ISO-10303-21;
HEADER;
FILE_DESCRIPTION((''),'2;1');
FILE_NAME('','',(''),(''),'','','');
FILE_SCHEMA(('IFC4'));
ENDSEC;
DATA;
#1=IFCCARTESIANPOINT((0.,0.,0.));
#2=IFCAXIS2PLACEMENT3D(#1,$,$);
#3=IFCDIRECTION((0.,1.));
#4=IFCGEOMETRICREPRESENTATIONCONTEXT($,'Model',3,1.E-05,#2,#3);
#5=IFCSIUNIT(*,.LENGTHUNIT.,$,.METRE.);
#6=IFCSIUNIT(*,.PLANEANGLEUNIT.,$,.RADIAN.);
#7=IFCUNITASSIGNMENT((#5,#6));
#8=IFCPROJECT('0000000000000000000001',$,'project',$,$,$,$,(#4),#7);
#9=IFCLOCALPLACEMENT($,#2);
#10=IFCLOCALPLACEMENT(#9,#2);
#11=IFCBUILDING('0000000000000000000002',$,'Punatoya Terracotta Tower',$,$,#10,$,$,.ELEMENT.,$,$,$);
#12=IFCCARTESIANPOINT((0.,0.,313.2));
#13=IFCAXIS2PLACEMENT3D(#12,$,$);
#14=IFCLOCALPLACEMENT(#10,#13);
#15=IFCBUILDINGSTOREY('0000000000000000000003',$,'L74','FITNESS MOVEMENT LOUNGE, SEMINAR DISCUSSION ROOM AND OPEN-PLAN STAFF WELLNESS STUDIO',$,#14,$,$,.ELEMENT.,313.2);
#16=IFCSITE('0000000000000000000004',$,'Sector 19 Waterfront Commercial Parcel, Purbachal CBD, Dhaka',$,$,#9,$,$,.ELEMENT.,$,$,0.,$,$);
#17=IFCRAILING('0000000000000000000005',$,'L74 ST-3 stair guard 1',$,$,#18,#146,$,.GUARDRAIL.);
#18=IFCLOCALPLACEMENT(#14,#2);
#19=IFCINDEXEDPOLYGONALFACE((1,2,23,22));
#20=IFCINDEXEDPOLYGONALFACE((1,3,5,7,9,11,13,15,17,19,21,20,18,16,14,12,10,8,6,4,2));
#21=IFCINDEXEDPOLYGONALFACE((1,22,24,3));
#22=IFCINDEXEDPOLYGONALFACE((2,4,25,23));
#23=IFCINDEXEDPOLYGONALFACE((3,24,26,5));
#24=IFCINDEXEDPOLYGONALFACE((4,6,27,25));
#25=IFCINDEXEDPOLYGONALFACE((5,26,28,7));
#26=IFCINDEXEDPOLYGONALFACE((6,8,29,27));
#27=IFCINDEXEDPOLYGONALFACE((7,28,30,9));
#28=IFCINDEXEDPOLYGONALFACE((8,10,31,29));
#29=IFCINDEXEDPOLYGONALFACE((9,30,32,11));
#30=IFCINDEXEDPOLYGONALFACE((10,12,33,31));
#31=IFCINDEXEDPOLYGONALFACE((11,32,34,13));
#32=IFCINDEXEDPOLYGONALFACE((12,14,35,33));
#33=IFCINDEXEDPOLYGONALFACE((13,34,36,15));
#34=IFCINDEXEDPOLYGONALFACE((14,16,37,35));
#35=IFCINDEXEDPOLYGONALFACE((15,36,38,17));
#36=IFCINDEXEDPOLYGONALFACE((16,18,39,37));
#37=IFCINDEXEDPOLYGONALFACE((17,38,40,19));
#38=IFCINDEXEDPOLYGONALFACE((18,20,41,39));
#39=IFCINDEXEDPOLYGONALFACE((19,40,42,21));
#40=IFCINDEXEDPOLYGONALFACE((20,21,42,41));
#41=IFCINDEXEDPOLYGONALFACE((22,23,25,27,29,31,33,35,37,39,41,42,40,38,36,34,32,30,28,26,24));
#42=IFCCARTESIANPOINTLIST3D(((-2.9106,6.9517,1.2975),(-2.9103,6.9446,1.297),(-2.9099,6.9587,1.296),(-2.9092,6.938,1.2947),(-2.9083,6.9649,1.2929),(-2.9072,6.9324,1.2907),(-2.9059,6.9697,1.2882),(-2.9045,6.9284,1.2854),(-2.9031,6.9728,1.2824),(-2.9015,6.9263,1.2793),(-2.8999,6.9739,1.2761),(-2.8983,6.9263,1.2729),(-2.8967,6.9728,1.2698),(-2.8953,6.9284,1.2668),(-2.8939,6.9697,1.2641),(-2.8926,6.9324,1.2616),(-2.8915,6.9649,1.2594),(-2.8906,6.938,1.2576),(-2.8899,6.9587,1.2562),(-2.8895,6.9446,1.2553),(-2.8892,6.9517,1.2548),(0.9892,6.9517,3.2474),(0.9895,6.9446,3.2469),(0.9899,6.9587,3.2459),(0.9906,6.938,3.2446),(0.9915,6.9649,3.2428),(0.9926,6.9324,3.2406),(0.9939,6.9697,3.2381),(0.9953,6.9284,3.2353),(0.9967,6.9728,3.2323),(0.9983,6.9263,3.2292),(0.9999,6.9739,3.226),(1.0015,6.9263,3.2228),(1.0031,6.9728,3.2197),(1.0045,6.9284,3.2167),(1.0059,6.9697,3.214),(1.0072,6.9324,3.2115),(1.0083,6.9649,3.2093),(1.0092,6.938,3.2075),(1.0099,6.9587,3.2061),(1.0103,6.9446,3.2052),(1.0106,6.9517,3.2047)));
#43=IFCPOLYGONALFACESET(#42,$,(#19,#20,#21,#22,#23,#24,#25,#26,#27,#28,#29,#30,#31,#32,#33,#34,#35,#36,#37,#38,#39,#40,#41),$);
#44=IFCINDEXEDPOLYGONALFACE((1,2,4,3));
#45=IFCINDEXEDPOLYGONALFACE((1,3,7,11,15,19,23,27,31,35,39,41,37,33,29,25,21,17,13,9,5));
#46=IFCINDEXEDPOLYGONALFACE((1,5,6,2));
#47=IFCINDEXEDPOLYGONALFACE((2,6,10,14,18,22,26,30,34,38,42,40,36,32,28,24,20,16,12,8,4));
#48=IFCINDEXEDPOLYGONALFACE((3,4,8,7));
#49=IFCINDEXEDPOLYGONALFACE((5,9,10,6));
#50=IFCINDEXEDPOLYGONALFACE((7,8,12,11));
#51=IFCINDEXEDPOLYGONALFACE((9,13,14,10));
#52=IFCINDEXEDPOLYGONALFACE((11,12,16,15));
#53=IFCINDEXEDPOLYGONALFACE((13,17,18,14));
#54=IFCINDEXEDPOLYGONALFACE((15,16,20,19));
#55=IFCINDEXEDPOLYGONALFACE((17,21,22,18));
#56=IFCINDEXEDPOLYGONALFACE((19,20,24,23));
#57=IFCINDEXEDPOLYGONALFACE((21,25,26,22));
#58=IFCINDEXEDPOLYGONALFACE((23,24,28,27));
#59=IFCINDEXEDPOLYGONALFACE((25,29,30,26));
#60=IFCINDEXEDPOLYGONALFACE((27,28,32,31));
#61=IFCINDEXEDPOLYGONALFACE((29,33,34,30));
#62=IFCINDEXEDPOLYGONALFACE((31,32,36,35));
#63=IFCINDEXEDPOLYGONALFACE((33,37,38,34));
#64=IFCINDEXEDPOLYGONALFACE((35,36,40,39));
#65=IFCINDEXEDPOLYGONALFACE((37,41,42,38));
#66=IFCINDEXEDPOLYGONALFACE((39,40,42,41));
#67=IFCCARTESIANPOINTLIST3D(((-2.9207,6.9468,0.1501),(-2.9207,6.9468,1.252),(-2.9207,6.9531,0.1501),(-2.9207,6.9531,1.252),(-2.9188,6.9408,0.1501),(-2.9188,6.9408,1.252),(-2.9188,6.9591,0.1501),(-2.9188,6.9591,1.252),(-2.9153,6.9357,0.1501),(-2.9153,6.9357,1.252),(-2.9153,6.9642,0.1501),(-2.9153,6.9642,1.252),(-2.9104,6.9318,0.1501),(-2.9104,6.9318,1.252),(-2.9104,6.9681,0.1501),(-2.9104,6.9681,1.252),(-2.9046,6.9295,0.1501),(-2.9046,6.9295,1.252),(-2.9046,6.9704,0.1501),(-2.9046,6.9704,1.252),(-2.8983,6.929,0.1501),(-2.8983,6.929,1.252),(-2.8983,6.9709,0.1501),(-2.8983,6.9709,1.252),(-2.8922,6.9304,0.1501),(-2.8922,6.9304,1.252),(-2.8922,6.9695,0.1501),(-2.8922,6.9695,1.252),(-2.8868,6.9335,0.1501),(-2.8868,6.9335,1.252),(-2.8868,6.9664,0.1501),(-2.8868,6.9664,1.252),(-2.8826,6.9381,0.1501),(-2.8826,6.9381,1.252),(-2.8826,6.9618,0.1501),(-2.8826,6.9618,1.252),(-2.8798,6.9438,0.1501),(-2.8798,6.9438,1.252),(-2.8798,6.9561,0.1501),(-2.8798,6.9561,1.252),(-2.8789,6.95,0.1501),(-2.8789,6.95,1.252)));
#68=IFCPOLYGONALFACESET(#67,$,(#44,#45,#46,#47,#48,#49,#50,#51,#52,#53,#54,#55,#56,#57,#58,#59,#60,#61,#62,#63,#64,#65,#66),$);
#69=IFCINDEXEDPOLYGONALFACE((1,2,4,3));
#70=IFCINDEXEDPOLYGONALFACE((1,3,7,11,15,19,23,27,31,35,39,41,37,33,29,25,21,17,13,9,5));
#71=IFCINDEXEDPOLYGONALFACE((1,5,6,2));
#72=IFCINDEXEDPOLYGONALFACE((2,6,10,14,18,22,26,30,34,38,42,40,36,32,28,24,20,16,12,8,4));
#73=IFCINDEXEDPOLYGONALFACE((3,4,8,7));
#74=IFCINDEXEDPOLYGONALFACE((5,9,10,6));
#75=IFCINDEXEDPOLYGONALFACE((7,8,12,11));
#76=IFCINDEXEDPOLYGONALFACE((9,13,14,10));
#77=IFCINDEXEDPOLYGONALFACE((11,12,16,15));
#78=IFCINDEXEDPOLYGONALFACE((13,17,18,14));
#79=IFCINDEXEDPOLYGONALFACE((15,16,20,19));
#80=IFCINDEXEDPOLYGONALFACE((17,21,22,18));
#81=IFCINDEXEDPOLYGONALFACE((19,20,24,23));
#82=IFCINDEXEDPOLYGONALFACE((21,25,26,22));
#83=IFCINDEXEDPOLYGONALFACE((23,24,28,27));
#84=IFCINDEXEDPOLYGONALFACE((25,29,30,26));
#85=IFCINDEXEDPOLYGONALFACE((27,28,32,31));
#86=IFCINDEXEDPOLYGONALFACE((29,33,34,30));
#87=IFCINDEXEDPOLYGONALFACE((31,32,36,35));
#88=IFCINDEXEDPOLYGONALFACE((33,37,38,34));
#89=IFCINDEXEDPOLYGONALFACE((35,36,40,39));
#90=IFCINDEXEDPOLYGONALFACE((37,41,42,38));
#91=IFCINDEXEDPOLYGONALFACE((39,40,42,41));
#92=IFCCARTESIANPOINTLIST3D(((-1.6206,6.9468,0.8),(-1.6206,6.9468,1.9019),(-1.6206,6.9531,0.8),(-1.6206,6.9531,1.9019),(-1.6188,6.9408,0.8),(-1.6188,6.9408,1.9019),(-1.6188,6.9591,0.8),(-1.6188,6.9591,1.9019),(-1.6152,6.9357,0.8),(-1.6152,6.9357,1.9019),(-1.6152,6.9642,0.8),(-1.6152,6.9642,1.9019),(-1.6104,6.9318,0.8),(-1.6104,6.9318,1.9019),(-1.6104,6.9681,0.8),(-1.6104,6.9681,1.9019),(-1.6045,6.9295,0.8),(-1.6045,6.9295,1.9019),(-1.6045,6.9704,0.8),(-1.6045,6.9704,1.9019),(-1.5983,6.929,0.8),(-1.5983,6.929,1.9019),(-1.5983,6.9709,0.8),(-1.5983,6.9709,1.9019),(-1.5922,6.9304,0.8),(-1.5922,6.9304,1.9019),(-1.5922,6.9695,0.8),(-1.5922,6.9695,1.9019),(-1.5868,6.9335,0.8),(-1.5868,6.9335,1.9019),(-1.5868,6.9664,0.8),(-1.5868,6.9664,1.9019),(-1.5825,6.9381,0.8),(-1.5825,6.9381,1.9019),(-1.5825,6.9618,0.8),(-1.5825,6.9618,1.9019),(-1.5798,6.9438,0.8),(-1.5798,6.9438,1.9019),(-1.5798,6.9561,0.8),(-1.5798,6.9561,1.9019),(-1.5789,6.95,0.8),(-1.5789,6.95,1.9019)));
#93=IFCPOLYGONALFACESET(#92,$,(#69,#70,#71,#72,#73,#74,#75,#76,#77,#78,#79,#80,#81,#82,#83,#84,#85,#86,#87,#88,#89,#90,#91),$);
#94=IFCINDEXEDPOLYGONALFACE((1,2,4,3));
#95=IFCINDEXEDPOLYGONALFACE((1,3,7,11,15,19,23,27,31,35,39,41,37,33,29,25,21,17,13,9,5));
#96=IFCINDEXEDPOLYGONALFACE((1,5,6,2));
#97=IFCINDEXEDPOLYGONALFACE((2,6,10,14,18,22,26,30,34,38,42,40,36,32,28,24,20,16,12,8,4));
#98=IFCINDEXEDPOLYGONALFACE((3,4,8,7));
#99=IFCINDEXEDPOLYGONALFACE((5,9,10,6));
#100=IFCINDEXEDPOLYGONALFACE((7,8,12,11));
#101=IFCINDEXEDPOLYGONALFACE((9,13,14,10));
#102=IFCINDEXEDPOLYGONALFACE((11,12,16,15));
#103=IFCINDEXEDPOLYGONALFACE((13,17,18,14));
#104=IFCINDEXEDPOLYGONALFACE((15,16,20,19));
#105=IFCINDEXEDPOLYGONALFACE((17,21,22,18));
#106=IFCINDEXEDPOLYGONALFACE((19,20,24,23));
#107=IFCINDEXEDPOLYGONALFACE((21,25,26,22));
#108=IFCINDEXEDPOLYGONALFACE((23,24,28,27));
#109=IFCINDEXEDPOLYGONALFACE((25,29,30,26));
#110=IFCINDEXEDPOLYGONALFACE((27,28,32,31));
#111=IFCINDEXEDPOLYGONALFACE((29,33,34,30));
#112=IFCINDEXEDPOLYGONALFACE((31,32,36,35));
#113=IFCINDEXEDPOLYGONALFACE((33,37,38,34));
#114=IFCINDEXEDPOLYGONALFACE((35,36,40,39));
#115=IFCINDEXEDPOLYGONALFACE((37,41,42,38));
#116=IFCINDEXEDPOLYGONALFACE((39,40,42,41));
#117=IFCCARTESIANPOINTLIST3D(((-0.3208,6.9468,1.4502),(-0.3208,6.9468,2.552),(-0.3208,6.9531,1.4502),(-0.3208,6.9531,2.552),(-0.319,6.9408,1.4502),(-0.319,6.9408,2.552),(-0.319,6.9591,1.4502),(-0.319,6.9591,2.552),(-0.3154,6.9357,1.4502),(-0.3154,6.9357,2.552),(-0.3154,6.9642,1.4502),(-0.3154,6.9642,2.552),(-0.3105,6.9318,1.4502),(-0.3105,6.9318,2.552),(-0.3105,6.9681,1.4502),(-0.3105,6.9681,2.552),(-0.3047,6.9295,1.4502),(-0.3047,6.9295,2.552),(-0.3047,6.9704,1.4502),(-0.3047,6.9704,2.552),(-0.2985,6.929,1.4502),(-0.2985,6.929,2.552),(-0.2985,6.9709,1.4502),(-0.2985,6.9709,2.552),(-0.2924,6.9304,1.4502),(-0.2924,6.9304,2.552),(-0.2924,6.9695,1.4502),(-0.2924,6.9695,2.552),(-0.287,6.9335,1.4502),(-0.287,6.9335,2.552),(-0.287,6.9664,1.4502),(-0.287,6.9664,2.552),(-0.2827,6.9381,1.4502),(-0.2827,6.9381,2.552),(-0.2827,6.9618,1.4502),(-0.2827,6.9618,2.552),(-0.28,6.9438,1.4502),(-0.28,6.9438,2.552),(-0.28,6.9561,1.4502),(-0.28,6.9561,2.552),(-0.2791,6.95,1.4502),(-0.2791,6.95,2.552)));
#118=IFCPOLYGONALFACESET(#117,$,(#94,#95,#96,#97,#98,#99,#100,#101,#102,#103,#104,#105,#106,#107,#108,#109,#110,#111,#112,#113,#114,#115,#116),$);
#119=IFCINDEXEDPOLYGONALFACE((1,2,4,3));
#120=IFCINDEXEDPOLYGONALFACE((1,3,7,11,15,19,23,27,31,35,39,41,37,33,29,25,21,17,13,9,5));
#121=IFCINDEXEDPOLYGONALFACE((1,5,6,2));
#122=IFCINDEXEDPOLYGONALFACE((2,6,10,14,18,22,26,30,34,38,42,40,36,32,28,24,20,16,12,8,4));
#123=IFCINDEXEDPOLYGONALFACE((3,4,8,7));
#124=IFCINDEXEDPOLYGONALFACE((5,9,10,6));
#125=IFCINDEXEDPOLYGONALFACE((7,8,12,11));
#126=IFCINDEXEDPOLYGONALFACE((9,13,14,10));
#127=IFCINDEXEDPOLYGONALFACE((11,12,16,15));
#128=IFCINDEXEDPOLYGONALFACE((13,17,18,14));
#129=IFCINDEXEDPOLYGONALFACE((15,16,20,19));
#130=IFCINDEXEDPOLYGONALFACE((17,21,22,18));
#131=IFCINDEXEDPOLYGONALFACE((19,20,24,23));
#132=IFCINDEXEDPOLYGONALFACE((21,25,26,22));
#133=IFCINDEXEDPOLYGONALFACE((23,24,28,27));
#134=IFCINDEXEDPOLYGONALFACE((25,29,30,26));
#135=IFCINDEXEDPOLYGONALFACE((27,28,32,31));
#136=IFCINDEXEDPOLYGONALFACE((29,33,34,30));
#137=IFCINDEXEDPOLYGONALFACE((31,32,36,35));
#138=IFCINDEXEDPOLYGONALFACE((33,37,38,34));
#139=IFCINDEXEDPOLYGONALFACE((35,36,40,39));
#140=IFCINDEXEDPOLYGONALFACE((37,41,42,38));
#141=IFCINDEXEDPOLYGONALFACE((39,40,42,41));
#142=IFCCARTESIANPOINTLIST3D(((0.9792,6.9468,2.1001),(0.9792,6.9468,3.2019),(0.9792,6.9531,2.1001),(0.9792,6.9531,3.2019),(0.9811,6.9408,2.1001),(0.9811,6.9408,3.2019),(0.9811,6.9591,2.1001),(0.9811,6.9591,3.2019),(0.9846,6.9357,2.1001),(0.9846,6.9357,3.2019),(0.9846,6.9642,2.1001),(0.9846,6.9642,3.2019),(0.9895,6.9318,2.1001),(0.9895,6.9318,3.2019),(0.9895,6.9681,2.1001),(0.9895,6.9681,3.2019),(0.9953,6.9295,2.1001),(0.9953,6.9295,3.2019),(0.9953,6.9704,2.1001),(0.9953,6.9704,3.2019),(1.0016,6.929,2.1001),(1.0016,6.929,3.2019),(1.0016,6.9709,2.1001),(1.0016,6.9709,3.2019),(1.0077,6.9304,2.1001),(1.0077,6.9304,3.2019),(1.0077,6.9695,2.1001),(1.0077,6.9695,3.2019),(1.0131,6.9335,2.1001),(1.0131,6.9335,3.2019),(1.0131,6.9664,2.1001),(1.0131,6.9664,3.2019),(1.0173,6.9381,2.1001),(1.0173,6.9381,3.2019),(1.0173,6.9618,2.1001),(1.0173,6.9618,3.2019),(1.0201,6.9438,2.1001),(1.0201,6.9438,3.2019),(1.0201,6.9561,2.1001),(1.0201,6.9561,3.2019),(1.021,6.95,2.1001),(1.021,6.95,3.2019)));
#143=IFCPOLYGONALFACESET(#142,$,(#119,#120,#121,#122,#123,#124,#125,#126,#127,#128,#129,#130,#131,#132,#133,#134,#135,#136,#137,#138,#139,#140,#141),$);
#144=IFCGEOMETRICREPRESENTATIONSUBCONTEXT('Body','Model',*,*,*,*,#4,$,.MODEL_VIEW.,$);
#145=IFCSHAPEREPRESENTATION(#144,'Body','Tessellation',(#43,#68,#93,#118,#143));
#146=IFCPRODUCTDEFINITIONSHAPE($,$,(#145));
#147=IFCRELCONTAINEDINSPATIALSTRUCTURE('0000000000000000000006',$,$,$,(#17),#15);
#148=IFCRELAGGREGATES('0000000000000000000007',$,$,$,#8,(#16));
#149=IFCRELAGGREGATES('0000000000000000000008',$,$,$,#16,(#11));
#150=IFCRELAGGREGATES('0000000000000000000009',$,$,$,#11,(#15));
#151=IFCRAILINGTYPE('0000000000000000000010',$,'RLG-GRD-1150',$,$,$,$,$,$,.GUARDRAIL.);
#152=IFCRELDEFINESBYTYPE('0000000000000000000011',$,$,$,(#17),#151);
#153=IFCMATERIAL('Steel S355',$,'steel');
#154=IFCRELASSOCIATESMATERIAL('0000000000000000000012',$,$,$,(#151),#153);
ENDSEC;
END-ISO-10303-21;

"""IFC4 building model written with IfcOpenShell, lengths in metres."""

from ifc_helpers import new_model, si_unit, direction, frame, origin, origin_2d, place, context, subcontext, project, spatial, circle, extrude, material, type_object, element, save


model = new_model("IFC4")

# Units and contexts
model_context = context("Model", 3, precision=1e-05, world=origin(), true_north=direction((0.0, 1.0)))
body_context = subcontext(model_context, "Body", "Model", "MODEL_VIEW")
ifc_project = project(units=[si_unit("LENGTHUNIT", "METRE"), si_unit("PLANEANGLEUNIT", "RADIAN")], contexts=[model_context])

# Site, building, storey
site_placement = place(None, origin())
site = spatial("IfcSite", under=ifc_project, at=site_placement, Name="Sector 19 Waterfront Commercial Parcel, Purbachal CBD, Dhaka", CompositionType="ELEMENT", RefElevation=0.0)
building_placement = place(site_placement, origin())
building = spatial("IfcBuilding", under=site, at=building_placement, Name="Punatoya Terracotta Tower", CompositionType="ELEMENT")
storey_placement = place(building_placement, frame((0.0, 0.0, 313.2)))
storey = spatial("IfcBuildingStorey", under=building, at=storey_placement, Name="L74", Description="FITNESS MOVEMENT LOUNGE, SEMINAR DISCUSSION ROOM AND OPEN-PLAN STAFF WELLNESS STUDIO", CompositionType="ELEMENT", Elevation=313.2)

# Shared definitions
ifc_material_1 = material(Name="Steel S355", Category="steel")

# Railing
railing_type_1 = type_object("IfcRailingType", Name="RLG-GRD-1150", PredefinedType="GUARDRAIL", material=ifc_material_1)
railing_1_placement = place(storey_placement, frame((-2.8999, 6.95, 0.1501)))
element("IfcRailing", 1, at=railing_1_placement, inside=storey, type_object=railing_type_1, Name="L74 ST-3 stair guard 1", PredefinedType="GUARDRAIL", context=body_context, shape_type="SweptSolid", body=[
    extrude(circle(Radius=0.0239, at=origin_2d()), frame((0.0, 0.0, 1.126), z_axis=(0.894427, 0.0, 0.447214), x_axis=(0.0, 1.0, 0.0)), (0.0, 0.0, 1.0), 4.3601),
    extrude(circle(Radius=0.021, at=origin_2d()), origin(), (0.0, 0.0, 1.0), 1.1018),
    extrude(circle(Radius=0.021, at=origin_2d()), frame((1.3, 0.0, 0.6499)), (0.0, 0.0, 1.0), 1.1018),
    extrude(circle(Radius=0.021, at=origin_2d()), frame((2.5999, 0.0, 1.3)), (0.0, 0.0, 1.0), 1.1018),
    extrude(circle(Radius=0.021, at=origin_2d()), frame((3.8999, 0.0, 1.95)), (0.0, 0.0, 1.0), 1.1018),
])

save(model, "model.ifc")
